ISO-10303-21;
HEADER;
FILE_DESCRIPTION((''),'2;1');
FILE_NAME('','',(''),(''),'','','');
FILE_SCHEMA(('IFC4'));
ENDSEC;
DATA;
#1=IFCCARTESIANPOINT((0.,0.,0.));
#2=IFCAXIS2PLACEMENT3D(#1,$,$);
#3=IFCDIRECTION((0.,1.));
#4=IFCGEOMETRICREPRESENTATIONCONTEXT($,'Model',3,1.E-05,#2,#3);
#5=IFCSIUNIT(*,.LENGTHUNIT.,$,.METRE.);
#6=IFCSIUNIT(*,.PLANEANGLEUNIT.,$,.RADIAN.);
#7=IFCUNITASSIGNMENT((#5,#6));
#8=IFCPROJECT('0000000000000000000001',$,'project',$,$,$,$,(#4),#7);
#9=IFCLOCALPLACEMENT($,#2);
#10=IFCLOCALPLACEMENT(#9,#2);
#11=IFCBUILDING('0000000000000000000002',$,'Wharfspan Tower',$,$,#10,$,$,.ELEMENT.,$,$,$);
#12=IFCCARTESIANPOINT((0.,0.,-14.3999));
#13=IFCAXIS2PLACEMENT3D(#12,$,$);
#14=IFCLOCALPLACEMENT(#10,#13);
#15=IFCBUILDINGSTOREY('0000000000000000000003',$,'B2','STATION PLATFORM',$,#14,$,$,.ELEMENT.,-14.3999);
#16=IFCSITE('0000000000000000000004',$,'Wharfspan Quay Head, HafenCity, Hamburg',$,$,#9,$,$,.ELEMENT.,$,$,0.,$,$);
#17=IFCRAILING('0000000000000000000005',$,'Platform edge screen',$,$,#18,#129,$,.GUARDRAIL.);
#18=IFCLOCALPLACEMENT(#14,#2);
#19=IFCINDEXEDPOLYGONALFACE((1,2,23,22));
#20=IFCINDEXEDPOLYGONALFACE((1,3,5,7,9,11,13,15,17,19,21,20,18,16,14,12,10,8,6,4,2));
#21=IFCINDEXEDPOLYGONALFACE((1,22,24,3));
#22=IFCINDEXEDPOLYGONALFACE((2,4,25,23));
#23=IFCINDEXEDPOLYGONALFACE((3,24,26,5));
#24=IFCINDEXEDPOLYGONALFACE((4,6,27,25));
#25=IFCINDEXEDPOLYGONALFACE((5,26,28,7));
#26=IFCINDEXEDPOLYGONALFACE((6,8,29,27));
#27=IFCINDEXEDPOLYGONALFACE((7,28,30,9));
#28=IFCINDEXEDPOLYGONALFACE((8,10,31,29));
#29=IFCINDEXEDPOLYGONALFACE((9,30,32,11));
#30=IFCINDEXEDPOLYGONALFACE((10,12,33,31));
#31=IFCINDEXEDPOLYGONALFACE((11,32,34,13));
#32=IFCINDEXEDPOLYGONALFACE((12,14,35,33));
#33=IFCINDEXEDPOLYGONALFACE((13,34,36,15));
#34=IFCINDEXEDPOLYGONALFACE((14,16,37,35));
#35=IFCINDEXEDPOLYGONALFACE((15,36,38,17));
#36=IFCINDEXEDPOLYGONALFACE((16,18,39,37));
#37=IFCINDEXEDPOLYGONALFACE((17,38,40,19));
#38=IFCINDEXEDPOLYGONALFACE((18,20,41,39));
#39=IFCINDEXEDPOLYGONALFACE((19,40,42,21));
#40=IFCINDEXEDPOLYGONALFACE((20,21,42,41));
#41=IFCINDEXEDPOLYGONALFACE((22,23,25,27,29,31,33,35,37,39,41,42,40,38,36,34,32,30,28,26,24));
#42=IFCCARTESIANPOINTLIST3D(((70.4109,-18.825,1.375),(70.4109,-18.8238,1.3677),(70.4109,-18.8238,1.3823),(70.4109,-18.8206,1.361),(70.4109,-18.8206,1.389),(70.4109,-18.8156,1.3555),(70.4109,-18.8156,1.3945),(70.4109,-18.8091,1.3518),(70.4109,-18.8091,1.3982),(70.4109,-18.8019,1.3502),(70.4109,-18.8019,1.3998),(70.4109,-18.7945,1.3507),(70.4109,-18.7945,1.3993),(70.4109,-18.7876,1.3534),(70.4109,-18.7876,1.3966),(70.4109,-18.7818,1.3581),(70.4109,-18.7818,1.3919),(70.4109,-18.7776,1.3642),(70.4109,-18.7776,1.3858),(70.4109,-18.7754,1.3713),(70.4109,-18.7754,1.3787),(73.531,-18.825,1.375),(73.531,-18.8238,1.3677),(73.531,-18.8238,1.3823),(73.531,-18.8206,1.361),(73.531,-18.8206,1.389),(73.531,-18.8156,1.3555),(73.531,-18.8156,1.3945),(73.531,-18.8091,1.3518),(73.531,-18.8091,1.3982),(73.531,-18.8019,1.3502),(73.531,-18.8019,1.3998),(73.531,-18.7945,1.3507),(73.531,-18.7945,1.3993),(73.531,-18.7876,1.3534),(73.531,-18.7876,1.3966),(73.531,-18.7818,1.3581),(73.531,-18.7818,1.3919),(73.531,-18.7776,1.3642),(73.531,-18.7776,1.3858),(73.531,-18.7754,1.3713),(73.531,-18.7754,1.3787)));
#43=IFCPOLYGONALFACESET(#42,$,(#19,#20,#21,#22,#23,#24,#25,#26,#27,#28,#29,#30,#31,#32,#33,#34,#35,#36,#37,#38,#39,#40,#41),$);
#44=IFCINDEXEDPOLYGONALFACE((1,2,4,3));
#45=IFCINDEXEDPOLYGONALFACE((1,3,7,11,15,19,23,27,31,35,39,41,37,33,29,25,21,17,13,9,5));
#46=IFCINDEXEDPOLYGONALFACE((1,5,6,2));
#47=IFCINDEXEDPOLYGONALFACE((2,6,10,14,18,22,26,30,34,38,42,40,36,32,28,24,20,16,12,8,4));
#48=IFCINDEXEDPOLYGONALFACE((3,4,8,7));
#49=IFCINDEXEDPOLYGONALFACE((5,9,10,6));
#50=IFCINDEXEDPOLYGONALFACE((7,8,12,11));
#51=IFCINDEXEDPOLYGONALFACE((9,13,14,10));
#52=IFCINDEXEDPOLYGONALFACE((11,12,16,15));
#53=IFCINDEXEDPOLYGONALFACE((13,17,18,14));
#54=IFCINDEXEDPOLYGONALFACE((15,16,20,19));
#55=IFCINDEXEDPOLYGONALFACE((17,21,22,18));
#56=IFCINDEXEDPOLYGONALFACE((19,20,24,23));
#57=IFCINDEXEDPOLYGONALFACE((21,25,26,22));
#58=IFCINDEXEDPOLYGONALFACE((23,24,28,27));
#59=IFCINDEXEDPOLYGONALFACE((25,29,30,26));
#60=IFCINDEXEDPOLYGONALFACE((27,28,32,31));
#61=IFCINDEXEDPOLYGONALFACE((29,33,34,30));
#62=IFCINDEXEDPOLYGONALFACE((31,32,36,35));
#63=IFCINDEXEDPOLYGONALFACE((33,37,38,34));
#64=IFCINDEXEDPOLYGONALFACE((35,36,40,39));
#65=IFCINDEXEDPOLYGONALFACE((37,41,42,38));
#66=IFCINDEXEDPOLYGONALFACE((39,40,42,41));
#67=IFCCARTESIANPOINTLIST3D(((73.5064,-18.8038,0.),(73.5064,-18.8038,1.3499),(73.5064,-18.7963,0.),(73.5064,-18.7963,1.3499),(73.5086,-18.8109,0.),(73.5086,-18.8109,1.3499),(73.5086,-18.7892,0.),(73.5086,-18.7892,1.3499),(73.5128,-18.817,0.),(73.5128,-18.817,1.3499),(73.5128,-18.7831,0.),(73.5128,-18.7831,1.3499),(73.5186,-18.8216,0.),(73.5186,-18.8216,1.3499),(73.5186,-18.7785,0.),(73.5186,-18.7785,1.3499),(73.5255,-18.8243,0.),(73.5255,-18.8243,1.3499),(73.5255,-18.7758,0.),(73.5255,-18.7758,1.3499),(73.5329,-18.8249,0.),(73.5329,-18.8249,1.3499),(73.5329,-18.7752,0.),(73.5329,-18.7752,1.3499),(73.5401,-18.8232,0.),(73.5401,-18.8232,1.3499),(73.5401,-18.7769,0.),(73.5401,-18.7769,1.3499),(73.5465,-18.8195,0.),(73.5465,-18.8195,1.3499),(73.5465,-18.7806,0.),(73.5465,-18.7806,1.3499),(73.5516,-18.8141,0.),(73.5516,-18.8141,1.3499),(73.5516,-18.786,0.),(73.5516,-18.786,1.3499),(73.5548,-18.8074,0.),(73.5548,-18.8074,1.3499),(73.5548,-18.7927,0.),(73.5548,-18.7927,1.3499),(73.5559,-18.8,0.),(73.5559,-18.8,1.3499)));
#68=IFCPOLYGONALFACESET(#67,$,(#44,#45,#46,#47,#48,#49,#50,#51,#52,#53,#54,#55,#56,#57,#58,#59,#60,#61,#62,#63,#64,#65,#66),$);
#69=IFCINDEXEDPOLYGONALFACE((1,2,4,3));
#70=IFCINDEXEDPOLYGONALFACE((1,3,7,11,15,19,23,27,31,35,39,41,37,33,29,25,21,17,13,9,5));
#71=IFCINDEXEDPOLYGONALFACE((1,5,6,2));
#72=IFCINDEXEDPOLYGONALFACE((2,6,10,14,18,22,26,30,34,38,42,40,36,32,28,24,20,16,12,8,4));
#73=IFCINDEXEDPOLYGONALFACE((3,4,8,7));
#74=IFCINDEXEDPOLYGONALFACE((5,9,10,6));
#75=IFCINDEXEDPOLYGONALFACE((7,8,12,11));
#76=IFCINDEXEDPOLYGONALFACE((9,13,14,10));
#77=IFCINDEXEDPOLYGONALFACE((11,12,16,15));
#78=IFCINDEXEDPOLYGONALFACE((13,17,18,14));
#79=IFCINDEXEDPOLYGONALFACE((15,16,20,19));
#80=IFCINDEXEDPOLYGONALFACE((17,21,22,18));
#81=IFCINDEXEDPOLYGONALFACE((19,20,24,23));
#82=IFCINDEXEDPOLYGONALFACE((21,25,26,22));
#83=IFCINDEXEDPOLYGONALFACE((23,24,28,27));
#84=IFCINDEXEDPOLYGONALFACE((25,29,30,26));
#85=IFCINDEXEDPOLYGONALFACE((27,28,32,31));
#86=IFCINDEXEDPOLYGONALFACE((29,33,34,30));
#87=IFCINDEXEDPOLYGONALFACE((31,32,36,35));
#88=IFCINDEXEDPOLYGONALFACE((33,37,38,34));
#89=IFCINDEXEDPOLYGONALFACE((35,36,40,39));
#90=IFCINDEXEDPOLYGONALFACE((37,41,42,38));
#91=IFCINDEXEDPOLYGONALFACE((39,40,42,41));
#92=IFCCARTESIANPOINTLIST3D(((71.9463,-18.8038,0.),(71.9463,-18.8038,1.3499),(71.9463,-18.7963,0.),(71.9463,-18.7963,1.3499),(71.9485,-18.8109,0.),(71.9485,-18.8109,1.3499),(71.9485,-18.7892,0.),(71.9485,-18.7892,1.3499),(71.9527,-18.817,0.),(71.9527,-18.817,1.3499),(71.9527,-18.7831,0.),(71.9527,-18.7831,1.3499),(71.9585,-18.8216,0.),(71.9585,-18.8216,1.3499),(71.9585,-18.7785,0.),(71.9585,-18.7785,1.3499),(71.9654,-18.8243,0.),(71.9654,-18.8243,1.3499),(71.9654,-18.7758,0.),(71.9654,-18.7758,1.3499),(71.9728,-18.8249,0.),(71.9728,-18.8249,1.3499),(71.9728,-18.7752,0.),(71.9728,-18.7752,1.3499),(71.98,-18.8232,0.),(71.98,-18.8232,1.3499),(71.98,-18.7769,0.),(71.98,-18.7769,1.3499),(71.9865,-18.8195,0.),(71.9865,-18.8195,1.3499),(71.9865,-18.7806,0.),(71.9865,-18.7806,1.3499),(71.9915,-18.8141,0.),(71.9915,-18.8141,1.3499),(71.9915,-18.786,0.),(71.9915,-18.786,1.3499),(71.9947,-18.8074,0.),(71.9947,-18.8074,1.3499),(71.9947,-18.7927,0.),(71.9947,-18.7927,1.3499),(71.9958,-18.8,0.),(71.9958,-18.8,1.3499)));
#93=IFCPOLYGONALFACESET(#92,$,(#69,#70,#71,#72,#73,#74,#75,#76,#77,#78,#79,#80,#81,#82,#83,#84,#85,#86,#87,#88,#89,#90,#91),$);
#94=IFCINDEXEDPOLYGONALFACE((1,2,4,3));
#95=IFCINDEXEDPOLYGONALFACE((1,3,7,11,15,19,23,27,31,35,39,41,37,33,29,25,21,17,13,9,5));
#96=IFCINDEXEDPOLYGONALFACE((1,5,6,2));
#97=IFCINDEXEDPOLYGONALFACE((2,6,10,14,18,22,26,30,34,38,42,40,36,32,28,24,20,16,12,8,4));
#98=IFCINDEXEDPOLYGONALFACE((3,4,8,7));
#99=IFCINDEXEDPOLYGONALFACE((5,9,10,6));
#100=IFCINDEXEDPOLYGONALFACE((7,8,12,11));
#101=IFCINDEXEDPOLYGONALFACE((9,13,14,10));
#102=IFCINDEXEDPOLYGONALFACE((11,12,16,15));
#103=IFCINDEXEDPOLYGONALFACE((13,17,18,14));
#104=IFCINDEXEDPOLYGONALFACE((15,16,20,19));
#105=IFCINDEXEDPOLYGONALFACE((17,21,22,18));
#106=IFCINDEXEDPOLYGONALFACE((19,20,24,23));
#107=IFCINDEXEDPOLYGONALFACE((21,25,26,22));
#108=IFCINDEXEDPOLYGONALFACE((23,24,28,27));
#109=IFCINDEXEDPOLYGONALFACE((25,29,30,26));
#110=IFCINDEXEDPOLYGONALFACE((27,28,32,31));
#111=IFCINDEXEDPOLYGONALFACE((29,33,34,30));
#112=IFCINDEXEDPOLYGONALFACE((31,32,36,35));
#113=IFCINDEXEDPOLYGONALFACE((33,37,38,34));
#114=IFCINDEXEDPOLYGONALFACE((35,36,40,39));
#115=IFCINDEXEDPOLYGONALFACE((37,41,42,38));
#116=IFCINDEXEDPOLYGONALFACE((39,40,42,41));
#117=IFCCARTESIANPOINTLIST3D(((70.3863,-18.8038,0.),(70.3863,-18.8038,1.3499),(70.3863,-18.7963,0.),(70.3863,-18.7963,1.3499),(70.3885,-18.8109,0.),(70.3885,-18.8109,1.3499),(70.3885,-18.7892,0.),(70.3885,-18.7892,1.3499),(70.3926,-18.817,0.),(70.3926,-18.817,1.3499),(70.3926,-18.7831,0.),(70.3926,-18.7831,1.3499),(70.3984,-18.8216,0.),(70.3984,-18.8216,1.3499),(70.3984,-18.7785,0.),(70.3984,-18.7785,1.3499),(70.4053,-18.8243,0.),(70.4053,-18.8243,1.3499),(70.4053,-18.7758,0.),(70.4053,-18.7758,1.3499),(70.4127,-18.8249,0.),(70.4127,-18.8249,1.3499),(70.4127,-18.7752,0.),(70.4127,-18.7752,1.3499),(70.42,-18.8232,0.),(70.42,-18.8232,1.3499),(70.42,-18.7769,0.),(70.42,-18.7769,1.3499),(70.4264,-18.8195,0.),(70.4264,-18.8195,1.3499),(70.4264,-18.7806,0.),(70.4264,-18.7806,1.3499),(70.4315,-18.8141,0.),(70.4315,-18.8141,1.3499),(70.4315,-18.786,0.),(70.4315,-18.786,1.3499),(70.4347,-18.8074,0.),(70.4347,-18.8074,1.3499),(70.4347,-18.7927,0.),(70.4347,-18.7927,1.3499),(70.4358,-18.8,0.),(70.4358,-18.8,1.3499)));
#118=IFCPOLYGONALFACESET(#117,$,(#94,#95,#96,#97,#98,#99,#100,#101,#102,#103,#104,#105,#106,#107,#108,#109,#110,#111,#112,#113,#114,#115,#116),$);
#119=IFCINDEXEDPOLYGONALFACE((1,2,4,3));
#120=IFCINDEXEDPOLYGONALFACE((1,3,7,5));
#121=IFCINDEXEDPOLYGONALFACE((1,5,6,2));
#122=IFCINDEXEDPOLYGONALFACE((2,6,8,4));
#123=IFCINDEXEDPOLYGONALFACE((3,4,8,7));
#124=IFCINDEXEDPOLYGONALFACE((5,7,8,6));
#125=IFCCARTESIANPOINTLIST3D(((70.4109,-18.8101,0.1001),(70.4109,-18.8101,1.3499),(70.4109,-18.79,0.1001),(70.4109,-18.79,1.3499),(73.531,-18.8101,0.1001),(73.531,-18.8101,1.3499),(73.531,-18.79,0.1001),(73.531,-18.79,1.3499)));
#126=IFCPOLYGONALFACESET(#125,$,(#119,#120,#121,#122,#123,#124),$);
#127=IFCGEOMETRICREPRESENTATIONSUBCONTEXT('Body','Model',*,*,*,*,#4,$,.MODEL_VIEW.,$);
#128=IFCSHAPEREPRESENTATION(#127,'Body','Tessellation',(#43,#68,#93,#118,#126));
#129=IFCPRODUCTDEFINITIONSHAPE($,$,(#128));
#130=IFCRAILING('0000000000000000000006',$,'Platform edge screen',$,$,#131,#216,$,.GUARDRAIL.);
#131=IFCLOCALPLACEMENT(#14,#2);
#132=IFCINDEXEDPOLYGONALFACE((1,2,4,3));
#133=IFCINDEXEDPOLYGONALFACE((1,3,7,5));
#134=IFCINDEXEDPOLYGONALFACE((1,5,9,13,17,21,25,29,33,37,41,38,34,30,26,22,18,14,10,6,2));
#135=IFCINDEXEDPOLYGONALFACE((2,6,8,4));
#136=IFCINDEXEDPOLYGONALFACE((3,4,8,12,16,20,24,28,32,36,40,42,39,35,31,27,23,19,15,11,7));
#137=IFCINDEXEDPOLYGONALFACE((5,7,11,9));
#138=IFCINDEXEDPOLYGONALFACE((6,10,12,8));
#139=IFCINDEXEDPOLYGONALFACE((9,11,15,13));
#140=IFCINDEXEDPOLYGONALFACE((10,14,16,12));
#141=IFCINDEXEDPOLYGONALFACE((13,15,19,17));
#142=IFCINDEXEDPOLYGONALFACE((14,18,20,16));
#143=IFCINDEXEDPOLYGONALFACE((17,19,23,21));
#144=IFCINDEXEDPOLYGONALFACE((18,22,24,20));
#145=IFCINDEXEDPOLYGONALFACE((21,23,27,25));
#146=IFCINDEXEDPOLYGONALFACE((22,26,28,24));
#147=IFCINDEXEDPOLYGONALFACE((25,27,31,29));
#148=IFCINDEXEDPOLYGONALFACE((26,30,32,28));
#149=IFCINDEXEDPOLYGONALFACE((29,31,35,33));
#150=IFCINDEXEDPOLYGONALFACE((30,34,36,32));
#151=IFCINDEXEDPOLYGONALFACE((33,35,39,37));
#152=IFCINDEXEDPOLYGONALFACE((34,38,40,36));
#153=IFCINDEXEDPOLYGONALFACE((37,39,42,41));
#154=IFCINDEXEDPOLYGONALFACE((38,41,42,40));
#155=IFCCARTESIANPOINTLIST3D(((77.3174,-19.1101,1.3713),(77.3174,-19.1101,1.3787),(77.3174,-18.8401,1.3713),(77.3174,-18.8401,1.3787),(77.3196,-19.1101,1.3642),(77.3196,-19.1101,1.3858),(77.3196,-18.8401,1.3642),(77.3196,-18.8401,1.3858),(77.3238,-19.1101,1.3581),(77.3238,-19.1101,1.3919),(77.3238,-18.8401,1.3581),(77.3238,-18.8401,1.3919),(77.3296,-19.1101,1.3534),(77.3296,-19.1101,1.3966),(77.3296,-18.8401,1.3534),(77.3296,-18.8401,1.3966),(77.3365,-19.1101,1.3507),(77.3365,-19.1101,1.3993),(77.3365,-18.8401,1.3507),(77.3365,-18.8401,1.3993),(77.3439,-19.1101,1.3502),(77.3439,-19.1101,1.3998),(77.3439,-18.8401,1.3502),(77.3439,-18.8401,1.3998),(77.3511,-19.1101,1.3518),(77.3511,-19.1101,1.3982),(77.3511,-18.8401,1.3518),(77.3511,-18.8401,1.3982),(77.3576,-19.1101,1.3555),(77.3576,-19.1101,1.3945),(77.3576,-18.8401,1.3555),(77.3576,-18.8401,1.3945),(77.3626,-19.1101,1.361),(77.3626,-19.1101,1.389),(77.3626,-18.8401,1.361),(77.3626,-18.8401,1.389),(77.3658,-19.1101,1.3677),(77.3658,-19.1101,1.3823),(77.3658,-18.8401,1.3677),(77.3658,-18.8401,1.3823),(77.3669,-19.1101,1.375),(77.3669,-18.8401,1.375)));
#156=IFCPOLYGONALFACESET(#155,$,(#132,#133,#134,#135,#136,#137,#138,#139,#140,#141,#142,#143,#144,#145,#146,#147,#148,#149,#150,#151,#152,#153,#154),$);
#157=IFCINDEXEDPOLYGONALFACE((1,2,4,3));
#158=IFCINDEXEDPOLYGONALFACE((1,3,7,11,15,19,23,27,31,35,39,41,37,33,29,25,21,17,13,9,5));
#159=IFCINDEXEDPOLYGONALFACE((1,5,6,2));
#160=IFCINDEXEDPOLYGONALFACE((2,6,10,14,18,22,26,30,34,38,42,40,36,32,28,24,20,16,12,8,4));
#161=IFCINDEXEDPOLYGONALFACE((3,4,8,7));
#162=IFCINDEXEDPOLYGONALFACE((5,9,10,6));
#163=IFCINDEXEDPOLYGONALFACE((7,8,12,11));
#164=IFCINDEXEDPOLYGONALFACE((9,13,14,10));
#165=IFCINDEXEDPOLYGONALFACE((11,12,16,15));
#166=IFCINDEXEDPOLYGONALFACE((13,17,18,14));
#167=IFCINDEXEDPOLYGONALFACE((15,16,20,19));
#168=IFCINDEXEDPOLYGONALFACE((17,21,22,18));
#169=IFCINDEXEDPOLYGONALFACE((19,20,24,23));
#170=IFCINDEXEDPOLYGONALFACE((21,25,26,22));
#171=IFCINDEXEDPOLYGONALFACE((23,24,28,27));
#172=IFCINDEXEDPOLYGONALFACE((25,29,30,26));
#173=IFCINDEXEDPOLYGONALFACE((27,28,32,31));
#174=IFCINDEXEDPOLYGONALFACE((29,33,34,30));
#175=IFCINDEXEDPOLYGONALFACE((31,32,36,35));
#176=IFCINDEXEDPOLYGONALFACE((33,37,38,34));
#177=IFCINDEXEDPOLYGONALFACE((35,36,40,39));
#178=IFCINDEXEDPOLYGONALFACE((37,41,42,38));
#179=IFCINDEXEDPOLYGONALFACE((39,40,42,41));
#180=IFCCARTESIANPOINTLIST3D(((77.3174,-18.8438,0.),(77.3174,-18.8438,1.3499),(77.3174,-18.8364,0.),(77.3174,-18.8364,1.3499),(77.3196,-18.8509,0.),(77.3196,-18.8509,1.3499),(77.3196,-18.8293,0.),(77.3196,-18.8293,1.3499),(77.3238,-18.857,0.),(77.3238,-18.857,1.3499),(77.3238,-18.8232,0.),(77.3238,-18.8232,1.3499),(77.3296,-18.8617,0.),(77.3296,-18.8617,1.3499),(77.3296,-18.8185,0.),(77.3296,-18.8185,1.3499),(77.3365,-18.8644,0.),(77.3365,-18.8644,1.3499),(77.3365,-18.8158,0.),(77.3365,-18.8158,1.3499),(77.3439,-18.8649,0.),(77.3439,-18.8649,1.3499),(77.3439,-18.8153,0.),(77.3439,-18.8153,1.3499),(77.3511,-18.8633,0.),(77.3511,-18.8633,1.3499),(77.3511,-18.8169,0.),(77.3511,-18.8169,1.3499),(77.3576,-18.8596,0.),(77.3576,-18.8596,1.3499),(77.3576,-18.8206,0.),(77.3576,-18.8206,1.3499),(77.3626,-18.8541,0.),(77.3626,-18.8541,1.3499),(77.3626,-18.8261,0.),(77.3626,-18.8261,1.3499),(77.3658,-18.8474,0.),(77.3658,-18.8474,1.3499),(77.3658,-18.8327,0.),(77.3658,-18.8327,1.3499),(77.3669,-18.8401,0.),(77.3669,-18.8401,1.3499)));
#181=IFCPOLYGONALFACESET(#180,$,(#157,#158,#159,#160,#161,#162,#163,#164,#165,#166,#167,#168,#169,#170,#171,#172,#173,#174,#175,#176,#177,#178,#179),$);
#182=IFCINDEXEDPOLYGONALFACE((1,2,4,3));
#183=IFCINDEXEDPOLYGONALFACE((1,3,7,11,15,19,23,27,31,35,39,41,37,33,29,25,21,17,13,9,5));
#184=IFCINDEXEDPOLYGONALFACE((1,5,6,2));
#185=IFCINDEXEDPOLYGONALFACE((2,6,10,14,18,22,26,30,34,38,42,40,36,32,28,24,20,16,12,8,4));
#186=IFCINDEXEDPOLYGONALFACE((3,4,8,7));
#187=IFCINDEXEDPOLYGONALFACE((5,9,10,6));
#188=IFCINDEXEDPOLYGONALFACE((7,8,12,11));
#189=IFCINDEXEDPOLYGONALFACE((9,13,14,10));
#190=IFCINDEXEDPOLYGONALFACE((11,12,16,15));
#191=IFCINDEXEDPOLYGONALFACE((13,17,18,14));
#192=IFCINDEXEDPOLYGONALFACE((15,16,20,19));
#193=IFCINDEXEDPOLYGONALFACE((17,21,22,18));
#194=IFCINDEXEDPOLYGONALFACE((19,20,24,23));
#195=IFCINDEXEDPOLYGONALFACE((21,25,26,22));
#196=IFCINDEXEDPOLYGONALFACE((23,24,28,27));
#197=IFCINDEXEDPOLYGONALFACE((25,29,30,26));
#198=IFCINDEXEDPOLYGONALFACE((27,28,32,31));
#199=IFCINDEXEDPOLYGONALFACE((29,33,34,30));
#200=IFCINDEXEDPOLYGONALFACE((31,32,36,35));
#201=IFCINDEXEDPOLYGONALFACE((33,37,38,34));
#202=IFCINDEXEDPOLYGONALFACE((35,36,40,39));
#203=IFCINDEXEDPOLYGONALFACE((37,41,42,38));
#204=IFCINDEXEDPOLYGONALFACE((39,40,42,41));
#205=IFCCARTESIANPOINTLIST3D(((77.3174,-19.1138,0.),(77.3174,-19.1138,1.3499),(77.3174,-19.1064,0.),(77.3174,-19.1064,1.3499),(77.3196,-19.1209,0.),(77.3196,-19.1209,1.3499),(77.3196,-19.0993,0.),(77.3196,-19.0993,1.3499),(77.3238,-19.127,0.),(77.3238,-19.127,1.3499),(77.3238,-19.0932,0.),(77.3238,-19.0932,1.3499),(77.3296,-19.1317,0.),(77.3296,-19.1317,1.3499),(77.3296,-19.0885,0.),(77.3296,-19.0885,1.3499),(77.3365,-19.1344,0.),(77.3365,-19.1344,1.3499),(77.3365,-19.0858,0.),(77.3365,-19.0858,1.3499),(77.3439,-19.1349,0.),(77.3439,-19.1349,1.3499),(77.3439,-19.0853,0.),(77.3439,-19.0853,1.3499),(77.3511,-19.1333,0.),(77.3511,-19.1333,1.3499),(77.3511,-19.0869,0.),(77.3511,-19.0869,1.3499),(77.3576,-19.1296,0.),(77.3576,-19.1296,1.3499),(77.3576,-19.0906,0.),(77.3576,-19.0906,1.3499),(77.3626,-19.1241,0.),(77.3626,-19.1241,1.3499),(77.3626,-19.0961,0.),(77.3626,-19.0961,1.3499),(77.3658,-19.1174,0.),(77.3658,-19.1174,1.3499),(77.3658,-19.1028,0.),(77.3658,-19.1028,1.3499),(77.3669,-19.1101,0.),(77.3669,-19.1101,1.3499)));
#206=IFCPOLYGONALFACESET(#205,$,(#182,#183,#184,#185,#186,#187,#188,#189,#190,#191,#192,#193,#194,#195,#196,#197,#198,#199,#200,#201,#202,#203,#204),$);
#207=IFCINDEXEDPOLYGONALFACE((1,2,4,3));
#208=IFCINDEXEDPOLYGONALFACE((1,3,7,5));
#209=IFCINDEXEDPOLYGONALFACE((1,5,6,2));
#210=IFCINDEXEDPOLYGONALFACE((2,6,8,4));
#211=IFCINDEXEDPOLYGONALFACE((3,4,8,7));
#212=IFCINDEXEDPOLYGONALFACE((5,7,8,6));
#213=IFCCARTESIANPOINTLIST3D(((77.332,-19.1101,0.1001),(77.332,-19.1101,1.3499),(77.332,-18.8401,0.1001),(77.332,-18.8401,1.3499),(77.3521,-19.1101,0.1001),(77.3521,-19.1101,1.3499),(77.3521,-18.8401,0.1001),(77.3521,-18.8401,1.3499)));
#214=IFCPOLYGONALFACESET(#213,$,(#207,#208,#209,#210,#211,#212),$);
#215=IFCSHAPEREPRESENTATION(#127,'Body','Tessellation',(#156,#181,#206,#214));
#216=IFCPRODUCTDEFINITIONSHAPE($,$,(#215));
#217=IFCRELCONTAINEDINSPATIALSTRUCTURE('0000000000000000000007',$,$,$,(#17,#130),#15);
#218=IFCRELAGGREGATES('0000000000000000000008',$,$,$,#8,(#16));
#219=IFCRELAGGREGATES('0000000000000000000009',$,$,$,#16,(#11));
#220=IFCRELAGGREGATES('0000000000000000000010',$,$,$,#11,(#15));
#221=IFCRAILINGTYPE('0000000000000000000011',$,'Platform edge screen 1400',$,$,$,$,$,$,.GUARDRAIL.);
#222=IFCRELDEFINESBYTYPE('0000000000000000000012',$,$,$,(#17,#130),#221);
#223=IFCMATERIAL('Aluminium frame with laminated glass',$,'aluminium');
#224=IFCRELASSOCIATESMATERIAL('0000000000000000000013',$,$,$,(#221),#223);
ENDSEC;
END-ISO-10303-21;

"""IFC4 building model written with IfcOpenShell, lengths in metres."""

from ifc_helpers import new_model, si_unit, direction, frame, origin, origin_2d, place, context, subcontext, project, spatial, rectangle, circle, extrude, material, type_object, element, save


model = new_model("IFC4")

# Units and contexts
model_context = context("Model", 3, precision=1e-05, world=origin(), true_north=direction((0.0, 1.0)))
body_context = subcontext(model_context, "Body", "Model", "MODEL_VIEW")
ifc_project = project(units=[si_unit("LENGTHUNIT", "METRE"), si_unit("PLANEANGLEUNIT", "RADIAN")], contexts=[model_context])

# Site, building, storey
site_placement = place(None, origin())
site = spatial("IfcSite", under=ifc_project, at=site_placement, Name="Wharfspan Quay Head, HafenCity, Hamburg", CompositionType="ELEMENT", RefElevation=0.0)
building_placement = place(site_placement, origin())
building = spatial("IfcBuilding", under=site, at=building_placement, Name="Wharfspan Tower", CompositionType="ELEMENT")
storey_placement = place(building_placement, frame((0.0, 0.0, -14.3999)))
storey = spatial("IfcBuildingStorey", under=building, at=storey_placement, Name="B2", Description="STATION PLATFORM", CompositionType="ELEMENT", Elevation=-14.3999)

# Railings
ifc_material_1 = material(Name="Aluminium frame with laminated glass", Category="aluminium")
railing_type_1 = type_object("IfcRailingType", Name="Platform edge screen 1400", PredefinedType="GUARDRAIL", material=ifc_material_1)
railing_1_placement = place(storey_placement, frame((73.531, -18.8, 0.0)))
element("IfcRailing", 1, at=railing_1_placement, inside=storey, type_object=railing_type_1, Name="Platform edge screen", PredefinedType="GUARDRAIL", context=body_context, shape_type="SweptSolid", body=[
    extrude(circle(Radius=0.0249, at=origin_2d()), frame((0.0, 0.0, 1.375), z_axis=(-1.0, 0.0, 0.0), x_axis=(0.0, -1.0, 0.0)), (0.0, 0.0, 1.0), 3.1201),
    extrude(circle(Radius=0.0249, at=origin_2d()), origin(), (0.0, 0.0, 1.0), 1.3499),
    extrude(circle(Radius=0.0249, at=origin_2d()), frame((-1.5601, 0.0, 0.0)), (0.0, 0.0, 1.0), 1.3499),
    extrude(circle(Radius=0.0249, at=origin_2d()), frame((-3.1201, 0.0, 0.0)), (0.0, 0.0, 1.0), 1.3499),
    extrude(rectangle(XDim=3.1201, YDim=0.02, at=origin_2d()), frame((-1.5601, 0.0, 0.1001), z_axis=(0.0, 0.0, 1.0), x_axis=(-1.0, 0.0, 0.0)), (0.0, 0.0, 1.0), 1.2498),
])
railing_2_placement = place(storey_placement, frame((77.342, -18.8401, 0.0)))
element("IfcRailing", 2, at=railing_2_placement, inside=storey, type_object=railing_type_1, Name="Platform edge screen", PredefinedType="GUARDRAIL", context=body_context, shape_type="SweptSolid", body=[
    extrude(circle(Radius=0.0249, at=origin_2d()), frame((0.0, 0.0, 1.375), z_axis=(0.0, -1.0, 0.0), x_axis=(1.0, 0.0, 0.0)), (0.0, 0.0, 1.0), 0.27),
    extrude(circle(Radius=0.0249, at=origin_2d()), origin(), (0.0, 0.0, 1.0), 1.3499),
    extrude(circle(Radius=0.0249, at=origin_2d()), frame((0.0, -0.27, 0.0)), (0.0, 0.0, 1.0), 1.3499),
    extrude(rectangle(XDim=0.27, YDim=0.02, at=origin_2d()), frame((0.0, -0.135, 0.1001), z_axis=(0.0, 0.0, 1.0), x_axis=(0.0, -1.0, 0.0)), (0.0, 0.0, 1.0), 1.2498),
])

save(model, "model.ifc")
